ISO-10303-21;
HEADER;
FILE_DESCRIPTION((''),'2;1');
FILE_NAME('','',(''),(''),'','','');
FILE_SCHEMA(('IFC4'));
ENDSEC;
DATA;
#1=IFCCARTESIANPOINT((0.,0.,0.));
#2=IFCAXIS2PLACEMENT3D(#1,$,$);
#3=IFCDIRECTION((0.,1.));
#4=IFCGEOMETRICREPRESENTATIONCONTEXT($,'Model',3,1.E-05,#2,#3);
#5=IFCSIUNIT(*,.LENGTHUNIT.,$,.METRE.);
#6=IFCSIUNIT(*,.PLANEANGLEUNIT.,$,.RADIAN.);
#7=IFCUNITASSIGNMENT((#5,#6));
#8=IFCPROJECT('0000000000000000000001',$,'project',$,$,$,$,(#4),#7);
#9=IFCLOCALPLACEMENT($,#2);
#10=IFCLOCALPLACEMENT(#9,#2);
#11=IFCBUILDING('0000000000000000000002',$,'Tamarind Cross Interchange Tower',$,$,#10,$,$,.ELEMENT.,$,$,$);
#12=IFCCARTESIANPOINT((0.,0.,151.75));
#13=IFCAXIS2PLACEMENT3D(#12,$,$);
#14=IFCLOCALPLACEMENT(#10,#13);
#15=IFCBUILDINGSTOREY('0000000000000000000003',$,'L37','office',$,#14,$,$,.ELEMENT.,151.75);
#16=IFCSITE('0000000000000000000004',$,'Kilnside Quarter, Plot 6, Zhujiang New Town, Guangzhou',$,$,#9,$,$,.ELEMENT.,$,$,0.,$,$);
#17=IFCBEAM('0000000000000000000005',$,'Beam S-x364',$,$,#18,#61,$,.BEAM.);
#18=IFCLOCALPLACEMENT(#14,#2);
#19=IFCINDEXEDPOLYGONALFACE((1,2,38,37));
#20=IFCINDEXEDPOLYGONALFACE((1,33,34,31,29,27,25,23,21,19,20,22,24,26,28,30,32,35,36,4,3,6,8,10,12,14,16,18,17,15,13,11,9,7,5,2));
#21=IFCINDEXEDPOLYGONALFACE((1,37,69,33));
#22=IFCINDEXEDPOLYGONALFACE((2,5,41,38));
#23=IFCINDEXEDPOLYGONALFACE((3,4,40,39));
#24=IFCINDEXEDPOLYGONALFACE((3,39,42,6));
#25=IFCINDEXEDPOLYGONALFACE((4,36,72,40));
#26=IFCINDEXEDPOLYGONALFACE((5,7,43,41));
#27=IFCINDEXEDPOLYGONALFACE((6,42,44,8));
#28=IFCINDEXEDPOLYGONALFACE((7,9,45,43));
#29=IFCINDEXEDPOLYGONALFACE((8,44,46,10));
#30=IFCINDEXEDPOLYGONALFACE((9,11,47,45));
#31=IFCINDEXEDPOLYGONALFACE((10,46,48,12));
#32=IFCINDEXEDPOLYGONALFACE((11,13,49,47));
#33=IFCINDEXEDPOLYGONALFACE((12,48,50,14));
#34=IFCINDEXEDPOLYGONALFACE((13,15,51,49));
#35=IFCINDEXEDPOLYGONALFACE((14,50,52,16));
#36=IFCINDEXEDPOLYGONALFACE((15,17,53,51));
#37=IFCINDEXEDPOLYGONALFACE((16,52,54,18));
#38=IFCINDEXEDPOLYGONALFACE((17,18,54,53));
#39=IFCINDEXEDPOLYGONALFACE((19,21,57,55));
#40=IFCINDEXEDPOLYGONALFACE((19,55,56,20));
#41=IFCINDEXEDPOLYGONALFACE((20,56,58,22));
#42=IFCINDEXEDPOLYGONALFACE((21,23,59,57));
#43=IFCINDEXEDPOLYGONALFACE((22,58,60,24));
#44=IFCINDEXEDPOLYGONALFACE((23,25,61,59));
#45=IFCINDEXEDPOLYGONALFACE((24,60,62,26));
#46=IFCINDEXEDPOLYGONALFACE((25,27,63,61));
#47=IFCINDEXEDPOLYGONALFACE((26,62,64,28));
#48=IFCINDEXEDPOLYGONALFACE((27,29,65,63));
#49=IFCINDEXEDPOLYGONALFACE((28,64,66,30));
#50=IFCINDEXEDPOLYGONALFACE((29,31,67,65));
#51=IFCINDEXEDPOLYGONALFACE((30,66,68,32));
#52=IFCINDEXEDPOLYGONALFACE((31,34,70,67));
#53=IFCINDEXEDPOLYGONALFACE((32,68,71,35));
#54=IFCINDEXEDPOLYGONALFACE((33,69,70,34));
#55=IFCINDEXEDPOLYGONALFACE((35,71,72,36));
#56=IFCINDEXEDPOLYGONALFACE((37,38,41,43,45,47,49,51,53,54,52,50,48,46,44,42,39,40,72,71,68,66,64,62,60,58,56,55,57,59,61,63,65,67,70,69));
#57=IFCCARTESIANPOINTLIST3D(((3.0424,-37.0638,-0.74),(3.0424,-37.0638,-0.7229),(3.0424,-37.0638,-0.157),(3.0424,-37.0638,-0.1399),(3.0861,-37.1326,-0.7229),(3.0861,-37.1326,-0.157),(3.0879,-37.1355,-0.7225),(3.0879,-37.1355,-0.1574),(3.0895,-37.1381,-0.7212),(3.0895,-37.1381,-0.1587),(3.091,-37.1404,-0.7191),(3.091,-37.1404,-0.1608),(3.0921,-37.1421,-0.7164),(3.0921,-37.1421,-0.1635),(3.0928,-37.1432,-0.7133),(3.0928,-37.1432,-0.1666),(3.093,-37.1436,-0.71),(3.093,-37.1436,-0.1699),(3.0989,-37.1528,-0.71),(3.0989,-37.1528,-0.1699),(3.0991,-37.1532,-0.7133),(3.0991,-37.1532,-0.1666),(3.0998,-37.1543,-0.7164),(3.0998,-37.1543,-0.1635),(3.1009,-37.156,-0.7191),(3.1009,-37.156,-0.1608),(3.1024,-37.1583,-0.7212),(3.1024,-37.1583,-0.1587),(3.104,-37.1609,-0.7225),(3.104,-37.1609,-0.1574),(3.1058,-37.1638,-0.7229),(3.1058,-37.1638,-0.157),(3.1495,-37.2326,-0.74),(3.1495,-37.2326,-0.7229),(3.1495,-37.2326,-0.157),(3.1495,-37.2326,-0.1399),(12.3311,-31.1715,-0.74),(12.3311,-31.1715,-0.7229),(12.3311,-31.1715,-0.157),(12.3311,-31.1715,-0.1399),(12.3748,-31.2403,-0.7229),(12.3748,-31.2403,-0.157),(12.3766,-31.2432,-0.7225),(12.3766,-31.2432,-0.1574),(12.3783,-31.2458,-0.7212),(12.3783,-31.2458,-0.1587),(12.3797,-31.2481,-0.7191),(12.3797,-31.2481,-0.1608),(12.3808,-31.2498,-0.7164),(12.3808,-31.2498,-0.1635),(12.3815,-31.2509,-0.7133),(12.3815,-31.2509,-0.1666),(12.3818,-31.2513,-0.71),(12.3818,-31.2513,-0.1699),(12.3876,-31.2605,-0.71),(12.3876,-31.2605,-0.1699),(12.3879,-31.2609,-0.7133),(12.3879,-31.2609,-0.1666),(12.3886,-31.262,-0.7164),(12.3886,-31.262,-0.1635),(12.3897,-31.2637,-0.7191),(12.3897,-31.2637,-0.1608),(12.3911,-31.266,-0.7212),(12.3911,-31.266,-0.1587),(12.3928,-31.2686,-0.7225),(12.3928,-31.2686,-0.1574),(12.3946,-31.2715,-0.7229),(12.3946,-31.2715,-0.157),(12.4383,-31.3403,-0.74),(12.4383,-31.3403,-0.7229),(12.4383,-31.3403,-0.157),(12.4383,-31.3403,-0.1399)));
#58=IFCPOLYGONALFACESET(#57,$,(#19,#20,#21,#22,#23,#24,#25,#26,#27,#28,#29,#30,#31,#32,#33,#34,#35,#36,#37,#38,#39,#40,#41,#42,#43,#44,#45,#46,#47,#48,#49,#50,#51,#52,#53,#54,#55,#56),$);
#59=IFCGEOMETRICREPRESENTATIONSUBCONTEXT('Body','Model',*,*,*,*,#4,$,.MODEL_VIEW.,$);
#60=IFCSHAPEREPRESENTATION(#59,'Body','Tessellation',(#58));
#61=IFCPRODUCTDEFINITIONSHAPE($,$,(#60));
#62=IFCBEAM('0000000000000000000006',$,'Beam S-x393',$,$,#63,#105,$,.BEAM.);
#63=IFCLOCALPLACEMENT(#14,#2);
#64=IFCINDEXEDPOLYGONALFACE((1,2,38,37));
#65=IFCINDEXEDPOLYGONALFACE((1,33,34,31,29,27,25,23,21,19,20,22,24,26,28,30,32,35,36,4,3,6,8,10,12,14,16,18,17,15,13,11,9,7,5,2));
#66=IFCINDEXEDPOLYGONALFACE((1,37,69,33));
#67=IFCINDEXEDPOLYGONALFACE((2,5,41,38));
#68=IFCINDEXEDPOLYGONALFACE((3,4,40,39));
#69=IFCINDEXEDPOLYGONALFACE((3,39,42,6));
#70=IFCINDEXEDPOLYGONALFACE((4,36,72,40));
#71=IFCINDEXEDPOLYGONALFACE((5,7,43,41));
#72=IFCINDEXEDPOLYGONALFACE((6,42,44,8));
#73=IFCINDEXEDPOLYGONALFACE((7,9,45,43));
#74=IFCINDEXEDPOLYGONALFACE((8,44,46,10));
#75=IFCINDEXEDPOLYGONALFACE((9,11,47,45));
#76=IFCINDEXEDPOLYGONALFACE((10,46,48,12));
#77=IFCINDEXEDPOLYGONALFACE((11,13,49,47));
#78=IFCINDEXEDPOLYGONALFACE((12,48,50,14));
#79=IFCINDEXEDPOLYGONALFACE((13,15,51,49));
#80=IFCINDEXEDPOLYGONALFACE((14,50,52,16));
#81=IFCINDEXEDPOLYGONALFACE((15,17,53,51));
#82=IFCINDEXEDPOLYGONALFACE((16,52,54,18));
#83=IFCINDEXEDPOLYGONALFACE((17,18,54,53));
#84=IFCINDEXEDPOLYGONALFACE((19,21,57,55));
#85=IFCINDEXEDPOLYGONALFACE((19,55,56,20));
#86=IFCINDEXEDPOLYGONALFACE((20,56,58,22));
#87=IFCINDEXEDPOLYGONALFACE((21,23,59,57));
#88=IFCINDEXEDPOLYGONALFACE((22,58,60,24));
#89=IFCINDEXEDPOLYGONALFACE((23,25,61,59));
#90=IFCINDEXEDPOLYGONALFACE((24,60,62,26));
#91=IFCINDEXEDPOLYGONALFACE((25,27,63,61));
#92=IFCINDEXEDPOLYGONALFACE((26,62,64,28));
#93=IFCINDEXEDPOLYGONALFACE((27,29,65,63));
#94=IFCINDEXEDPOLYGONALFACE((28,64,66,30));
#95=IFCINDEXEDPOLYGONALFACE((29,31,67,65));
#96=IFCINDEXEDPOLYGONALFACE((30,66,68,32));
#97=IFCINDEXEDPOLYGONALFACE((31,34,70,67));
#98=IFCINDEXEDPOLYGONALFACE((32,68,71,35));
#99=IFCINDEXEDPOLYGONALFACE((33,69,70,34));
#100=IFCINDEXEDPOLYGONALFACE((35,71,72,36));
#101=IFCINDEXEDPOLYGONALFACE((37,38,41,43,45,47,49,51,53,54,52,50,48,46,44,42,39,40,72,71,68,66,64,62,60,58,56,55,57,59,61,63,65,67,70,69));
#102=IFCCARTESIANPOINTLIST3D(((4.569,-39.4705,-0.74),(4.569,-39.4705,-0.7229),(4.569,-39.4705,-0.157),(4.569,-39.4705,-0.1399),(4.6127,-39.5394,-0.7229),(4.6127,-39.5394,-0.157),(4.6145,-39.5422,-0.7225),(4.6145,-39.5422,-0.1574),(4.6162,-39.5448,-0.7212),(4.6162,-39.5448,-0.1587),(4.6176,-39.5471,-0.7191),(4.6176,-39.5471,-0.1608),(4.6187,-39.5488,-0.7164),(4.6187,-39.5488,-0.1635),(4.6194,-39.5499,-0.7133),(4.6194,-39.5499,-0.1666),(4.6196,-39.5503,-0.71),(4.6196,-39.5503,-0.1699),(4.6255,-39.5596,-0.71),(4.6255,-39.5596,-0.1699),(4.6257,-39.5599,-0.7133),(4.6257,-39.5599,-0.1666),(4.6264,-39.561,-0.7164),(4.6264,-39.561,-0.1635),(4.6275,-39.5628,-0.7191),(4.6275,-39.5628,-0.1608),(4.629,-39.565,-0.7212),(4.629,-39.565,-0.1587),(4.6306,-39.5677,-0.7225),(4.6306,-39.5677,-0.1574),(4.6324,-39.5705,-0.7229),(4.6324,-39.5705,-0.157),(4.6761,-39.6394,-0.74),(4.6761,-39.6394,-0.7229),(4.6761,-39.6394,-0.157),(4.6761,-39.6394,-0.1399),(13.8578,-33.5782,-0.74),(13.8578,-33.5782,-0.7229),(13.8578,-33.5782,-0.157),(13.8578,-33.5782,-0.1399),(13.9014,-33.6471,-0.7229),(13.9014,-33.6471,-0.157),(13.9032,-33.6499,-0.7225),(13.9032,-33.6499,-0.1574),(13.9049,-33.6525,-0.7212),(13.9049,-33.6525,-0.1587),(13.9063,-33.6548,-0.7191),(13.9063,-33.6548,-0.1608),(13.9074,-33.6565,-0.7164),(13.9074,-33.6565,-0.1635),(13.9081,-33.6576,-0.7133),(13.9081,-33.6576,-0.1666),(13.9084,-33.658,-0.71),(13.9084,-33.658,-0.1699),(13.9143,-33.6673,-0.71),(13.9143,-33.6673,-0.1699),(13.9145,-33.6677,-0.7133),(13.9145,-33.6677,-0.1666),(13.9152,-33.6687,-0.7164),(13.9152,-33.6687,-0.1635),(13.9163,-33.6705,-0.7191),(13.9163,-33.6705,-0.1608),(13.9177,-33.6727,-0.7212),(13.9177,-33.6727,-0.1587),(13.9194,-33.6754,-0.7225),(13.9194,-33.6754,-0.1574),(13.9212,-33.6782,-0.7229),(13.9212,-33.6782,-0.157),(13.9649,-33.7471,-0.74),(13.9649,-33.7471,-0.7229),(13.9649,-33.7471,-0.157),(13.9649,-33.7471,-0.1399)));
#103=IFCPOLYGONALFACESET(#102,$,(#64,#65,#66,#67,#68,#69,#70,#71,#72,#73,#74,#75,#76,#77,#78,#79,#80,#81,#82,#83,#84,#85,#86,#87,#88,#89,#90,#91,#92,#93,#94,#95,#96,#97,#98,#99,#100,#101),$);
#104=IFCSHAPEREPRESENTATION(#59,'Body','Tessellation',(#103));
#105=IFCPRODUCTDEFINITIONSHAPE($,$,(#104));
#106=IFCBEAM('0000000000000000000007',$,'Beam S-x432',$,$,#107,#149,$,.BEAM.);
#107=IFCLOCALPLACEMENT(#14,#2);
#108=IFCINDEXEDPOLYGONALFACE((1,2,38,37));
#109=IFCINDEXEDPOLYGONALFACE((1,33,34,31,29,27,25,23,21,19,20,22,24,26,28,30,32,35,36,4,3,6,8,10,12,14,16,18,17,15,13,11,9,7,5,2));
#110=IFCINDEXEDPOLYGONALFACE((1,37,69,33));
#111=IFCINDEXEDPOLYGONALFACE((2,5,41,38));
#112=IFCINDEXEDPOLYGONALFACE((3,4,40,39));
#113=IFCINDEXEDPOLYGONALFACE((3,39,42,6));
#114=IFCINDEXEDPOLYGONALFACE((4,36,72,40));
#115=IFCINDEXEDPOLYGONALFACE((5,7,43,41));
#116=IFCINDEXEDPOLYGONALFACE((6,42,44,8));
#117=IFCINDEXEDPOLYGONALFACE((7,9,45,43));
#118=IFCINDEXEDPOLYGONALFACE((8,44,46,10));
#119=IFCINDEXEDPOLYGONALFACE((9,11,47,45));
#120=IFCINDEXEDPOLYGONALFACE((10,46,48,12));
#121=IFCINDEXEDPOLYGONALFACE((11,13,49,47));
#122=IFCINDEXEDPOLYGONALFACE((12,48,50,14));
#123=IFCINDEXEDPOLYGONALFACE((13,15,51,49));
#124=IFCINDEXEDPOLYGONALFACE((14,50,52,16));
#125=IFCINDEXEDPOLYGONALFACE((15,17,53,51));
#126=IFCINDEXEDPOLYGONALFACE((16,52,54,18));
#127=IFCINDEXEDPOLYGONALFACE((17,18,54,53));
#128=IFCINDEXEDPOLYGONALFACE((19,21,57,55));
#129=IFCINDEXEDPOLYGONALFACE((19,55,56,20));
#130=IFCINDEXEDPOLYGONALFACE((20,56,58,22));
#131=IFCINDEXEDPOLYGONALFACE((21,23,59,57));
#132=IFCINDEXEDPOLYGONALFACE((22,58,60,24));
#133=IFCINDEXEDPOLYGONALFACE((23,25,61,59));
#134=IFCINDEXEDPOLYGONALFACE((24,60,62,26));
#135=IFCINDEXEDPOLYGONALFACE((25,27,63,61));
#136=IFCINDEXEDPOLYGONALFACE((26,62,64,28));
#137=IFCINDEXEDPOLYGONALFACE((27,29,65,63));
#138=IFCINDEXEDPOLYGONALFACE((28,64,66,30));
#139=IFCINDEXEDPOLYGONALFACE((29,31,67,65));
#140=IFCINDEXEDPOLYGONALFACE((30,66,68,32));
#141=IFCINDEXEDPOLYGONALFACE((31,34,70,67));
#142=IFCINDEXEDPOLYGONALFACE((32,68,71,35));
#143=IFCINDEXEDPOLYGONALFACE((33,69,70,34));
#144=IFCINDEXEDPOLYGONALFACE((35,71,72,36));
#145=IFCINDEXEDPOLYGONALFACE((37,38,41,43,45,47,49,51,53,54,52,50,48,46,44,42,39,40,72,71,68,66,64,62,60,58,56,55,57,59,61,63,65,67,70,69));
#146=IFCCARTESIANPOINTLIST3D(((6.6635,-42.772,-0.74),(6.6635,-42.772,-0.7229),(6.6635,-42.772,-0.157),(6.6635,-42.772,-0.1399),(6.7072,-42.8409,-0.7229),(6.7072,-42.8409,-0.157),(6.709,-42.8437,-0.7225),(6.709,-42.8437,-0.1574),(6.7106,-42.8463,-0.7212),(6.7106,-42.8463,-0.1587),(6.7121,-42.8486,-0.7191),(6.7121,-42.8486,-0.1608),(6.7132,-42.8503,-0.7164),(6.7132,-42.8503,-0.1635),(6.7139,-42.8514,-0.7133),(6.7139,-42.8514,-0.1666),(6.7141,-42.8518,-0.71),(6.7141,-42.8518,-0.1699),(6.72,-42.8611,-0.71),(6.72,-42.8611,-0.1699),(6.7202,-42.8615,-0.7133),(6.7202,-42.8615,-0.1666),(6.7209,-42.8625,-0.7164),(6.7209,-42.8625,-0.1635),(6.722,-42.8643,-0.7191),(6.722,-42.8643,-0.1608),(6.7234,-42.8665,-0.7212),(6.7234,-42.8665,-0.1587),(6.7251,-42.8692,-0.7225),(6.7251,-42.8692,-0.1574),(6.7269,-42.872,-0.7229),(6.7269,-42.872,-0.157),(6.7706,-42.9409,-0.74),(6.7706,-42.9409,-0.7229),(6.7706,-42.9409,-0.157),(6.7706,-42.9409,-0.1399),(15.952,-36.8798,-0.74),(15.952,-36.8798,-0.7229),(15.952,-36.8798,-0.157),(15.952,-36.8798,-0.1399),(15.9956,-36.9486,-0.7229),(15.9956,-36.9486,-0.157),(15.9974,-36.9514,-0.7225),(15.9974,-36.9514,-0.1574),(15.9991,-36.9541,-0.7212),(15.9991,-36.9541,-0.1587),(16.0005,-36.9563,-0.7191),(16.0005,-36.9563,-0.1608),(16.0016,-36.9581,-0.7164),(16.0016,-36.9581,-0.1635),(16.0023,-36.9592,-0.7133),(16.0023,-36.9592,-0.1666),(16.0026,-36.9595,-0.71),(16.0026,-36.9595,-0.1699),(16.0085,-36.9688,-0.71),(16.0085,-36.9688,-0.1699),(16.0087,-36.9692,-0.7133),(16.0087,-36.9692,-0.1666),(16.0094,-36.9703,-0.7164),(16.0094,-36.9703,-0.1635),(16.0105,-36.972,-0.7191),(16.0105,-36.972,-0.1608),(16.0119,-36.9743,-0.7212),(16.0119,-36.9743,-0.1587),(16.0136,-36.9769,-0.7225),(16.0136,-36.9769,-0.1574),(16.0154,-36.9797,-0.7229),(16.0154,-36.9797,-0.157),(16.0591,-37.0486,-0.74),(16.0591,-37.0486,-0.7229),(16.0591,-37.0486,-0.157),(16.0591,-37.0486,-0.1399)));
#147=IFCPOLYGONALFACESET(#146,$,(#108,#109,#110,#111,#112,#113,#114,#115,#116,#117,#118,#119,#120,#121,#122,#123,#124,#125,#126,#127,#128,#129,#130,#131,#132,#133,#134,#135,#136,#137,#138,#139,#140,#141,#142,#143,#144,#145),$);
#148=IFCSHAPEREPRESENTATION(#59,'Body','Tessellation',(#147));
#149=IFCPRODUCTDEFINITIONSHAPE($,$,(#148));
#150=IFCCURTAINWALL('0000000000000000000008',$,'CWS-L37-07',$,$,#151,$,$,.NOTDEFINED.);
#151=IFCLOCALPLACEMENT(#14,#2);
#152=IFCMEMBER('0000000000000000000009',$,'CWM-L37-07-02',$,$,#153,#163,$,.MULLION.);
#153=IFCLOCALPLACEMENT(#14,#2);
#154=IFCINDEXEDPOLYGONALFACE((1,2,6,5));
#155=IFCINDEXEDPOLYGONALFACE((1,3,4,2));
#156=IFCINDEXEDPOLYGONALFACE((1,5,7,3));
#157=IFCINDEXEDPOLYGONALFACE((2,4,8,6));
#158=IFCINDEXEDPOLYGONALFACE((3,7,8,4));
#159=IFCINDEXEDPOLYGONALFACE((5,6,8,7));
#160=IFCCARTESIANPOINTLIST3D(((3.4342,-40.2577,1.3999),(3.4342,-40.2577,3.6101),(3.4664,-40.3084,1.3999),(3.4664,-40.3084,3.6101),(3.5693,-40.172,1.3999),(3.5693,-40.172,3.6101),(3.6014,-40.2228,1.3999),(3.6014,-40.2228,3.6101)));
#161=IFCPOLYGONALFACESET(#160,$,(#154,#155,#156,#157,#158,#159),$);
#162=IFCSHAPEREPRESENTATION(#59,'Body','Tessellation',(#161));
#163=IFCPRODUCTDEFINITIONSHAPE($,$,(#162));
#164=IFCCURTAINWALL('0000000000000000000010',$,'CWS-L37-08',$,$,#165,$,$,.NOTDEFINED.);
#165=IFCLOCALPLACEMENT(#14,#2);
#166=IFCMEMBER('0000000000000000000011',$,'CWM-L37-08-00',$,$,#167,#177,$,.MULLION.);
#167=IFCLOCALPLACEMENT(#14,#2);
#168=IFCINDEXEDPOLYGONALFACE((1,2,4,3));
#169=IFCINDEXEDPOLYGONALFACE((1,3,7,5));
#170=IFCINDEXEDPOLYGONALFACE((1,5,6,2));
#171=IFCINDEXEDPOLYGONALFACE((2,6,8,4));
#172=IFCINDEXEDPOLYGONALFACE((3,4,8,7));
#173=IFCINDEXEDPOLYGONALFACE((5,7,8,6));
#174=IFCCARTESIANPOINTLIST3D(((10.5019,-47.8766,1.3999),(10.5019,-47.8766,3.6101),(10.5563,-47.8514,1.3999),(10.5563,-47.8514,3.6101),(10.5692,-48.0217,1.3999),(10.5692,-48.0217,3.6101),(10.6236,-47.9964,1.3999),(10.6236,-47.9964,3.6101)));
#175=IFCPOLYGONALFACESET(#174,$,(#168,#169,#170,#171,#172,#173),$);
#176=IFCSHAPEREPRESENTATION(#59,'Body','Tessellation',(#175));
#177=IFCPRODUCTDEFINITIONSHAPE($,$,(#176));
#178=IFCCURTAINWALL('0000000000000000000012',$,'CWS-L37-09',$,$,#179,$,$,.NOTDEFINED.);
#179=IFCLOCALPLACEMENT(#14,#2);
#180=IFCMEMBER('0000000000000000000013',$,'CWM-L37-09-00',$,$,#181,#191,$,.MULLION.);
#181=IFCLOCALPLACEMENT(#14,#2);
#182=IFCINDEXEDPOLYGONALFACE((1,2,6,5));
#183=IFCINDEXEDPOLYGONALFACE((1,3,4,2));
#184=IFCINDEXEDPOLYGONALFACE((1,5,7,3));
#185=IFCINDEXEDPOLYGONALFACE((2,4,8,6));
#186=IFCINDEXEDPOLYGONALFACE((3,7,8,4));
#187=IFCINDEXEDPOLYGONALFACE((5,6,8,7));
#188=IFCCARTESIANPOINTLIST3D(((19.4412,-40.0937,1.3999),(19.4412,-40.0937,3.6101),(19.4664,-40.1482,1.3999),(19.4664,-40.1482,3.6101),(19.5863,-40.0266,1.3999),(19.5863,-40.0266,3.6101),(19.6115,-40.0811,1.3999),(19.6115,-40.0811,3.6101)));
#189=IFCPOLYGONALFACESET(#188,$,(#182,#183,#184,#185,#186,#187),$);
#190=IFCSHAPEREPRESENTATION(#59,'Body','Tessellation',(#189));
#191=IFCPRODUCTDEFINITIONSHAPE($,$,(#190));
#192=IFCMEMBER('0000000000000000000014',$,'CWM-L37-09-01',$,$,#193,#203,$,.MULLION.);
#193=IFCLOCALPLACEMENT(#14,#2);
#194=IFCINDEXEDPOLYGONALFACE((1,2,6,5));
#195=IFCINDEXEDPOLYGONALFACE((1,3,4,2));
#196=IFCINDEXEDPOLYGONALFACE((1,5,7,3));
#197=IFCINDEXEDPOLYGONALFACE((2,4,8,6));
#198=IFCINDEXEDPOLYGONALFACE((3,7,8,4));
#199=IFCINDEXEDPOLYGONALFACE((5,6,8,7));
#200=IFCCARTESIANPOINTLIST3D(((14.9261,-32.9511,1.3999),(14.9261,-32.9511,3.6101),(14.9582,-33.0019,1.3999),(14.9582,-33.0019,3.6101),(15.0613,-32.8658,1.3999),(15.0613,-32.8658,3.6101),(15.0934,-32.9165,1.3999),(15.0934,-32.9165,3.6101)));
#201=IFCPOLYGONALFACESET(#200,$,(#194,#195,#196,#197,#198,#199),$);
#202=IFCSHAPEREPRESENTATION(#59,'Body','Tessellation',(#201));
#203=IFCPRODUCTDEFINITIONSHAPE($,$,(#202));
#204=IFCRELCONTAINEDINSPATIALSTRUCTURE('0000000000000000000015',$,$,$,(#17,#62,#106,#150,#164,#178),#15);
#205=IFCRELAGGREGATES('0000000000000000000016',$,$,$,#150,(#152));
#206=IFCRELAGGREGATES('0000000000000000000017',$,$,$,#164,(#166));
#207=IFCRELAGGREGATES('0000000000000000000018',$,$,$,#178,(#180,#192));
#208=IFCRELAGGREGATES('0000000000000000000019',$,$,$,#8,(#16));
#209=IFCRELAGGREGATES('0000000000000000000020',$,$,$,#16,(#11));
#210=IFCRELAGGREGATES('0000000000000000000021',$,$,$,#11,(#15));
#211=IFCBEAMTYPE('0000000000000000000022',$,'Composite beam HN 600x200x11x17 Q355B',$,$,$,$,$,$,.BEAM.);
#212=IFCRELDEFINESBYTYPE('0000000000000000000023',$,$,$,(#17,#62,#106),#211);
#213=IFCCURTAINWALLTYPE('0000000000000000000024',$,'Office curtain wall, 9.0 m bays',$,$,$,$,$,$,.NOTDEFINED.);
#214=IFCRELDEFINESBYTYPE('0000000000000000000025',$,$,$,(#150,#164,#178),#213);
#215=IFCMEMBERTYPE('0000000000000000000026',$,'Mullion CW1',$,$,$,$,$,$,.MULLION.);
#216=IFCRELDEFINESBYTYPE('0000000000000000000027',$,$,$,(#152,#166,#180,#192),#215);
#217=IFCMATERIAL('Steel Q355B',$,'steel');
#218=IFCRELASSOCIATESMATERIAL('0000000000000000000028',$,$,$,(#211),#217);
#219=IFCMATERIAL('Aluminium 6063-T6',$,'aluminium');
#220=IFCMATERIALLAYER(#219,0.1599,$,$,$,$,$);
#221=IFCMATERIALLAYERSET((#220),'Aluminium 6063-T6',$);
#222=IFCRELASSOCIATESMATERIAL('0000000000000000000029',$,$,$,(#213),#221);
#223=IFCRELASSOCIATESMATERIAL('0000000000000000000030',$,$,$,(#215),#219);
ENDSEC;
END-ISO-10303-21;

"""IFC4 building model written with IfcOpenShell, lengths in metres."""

from ifc_helpers import new_model, si_unit, direction, frame, origin, origin_2d, place, context, subcontext, project, spatial, rectangle, i_section, extrude, material, layer, layer_set, material_profile, profile_set, type_object, element, aggregate, save


model = new_model("IFC4")

# Units and contexts
model_context = context("Model", 3, precision=1e-05, world=origin(), true_north=direction((0.0, 1.0)))
body_context = subcontext(model_context, "Body", "Model", "MODEL_VIEW")
ifc_project = project(units=[si_unit("LENGTHUNIT", "METRE"), si_unit("PLANEANGLEUNIT", "RADIAN")], contexts=[model_context])

# Site, building, storey
site_placement = place(None, origin())
site = spatial("IfcSite", under=ifc_project, at=site_placement, Name="Kilnside Quarter, Plot 6, Zhujiang New Town, Guangzhou", CompositionType="ELEMENT", RefElevation=0.0)
building_placement = place(site_placement, origin())
building = spatial("IfcBuilding", under=site, at=building_placement, Name="Tamarind Cross Interchange Tower", CompositionType="ELEMENT")
storey_placement = place(building_placement, frame((0.0, 0.0, 151.75)))
storey = spatial("IfcBuildingStorey", under=building, at=storey_placement, Name="L37", Description="office", CompositionType="ELEMENT", Elevation=151.75)

# Beams
ifc_material_1 = material(Name="Steel Q355B", Category="steel")
ifc_material_profile_1 = material_profile(ifc_material_1, i_section(OverallWidth=0.2, OverallDepth=0.6001, WebThickness=0.011, FlangeThickness=0.0171, FilletRadius=0.0129, at=origin_2d()), Name="HN 600x200x11x17")
ifc_profile_set_1 = profile_set([ifc_material_profile_1], Name="Steel Q355B")
beam_type_1 = type_object("IfcBeamType", Name="Composite beam HN 600x200x11x17 Q355B", PredefinedType="BEAM", material=ifc_profile_set_1)
for number, where, z_axis, x_axis, name in (
    (1, (3.0959, -37.1482, -0.4399), (0.844432, 0.535663, 0.0), (-0.535663, 0.844432, 0.0), "Beam S-x364"),
    (2, (4.6226, -39.5549, -0.4399), (0.844432, 0.535663, 0.0), (-0.535663, 0.844432, 0.0), "Beam S-x393"),
):
    element("IfcBeam", number, at=place(storey_placement, frame(where, z_axis=z_axis, x_axis=x_axis)), inside=storey, type_object=beam_type_1, Name=name, PredefinedType="BEAM", context=body_context, shape_type="SweptSolid", body=[
        extrude(i_section(OverallWidth=0.2, OverallDepth=0.6001, WebThickness=0.011, FlangeThickness=0.0171, FilletRadius=0.0129, at=origin_2d()), origin(), (0.0, 0.0, 1.0), 11.0),
    ])
beam_1_placement = place(storey_placement, frame((6.717, -42.8564, -0.4399), z_axis=(0.844426, 0.535673, 0.0), x_axis=(-0.535673, 0.844426, 0.0)))
element("IfcBeam", 3, at=beam_1_placement, inside=storey, type_object=beam_type_1, Name="Beam S-x432", PredefinedType="BEAM", context=body_context, shape_type="SweptSolid", body=[
    extrude(i_section(OverallWidth=0.2, OverallDepth=0.6001, WebThickness=0.011, FlangeThickness=0.0171, FilletRadius=0.0129, at=origin_2d()), origin(), (0.0, 0.0, 1.0), 10.9998),
])

# Curtain walls, members
ifc_material_2 = material(Name="Aluminium 6063-T6", Category="aluminium")
ifc_layer_1 = layer(ifc_material_2, 0.1599)
ifc_layer_set_1 = layer_set([ifc_layer_1], Name="Aluminium 6063-T6")
curtain_wall_type = type_object("IfcCurtainWallType", Name="Office curtain wall, 9.0 m bays", PredefinedType="NOTDEFINED", material=ifc_layer_set_1)
curtain_wall_1_placement = place(storey_placement, origin())
curtain_wall_1 = element("IfcCurtainWall", 4, at=curtain_wall_1_placement, inside=storey, type_object=curtain_wall_type, Name="CWS-L37-07", PredefinedType="NOTDEFINED")
ifc_material_profile_2 = material_profile(ifc_material_2, rectangle(XDim=0.0601, YDim=0.1599, at=origin_2d()), Name="Mullion CW1")
ifc_profile_set_2 = profile_set([ifc_material_profile_2], Name="Aluminium 6063-T6")
member_type = type_object("IfcMemberType", Name="Mullion CW1", PredefinedType="MULLION", material=ifc_profile_set_2)
member_1_placement = place(storey_placement, frame((3.5178, -40.2402, 1.3999), z_axis=(0.0, 0.0, 1.0), x_axis=(0.535662, -0.844433, 0.0)))
member_1 = element("IfcMember", 5, at=member_1_placement, type_object=member_type, Name="CWM-L37-07-02", PredefinedType="MULLION", context=body_context, shape_type="SweptSolid", body=[
    extrude(rectangle(XDim=0.0601, YDim=0.1599, at=origin_2d()), origin(), (0.0, 0.0, 1.0), 2.2102),
])
aggregate(curtain_wall_1, [member_1])
curtain_wall_2_placement = place(storey_placement, origin())
curtain_wall_2 = element("IfcCurtainWall", 6, at=curtain_wall_2_placement, inside=storey, type_object=curtain_wall_type, Name="CWS-L37-08", PredefinedType="NOTDEFINED")
member_2_placement = place(storey_placement, frame((10.5627, -47.9365, 1.3999), z_axis=(0.0, 0.0, 1.0), x_axis=(0.907126, 0.420858, 0.0)))
member_2 = element("IfcMember", 7, at=member_2_placement, type_object=member_type, Name="CWM-L37-08-00", PredefinedType="MULLION", context=body_context, shape_type="SweptSolid", body=[
    extrude(rectangle(XDim=0.0601, YDim=0.1599, at=origin_2d()), origin(), (0.0, 0.0, 1.0), 2.2102),
])
aggregate(curtain_wall_2, [member_2])

# Curtain wall, members
curtain_wall_3_placement = place(storey_placement, origin())
curtain_wall_3 = element("IfcCurtainWall", 8, at=curtain_wall_3_placement, inside=storey, type_object=curtain_wall_type, Name="CWS-L37-09", PredefinedType="NOTDEFINED")
member_3_placement = place(storey_placement, frame((19.5264, -40.0874, 1.3999), z_axis=(0.0, 0.0, 1.0), x_axis=(-0.419902, 0.907569, 0.0)))
member_3 = element("IfcMember", 9, at=member_3_placement, type_object=member_type, Name="CWM-L37-09-00", PredefinedType="MULLION", context=body_context, shape_type="SweptSolid", body=[
    extrude(rectangle(XDim=0.0601, YDim=0.1599, at=origin_2d()), origin(), (0.0, 0.0, 1.0), 2.2102),
])
member_4_placement = place(storey_placement, frame((15.0098, -32.9338, 1.3999), z_axis=(0.0, 0.0, 1.0), x_axis=(-0.533881, 0.84556, 0.0)))
member_4 = element("IfcMember", 10, at=member_4_placement, type_object=member_type, Name="CWM-L37-09-01", PredefinedType="MULLION", context=body_context, shape_type="SweptSolid", body=[
    extrude(rectangle(XDim=0.0601, YDim=0.1599, at=origin_2d()), origin(), (0.0, 0.0, 1.0), 2.2102),
])
aggregate(curtain_wall_3, [member_3, member_4])

save(model, "model.ifc")
